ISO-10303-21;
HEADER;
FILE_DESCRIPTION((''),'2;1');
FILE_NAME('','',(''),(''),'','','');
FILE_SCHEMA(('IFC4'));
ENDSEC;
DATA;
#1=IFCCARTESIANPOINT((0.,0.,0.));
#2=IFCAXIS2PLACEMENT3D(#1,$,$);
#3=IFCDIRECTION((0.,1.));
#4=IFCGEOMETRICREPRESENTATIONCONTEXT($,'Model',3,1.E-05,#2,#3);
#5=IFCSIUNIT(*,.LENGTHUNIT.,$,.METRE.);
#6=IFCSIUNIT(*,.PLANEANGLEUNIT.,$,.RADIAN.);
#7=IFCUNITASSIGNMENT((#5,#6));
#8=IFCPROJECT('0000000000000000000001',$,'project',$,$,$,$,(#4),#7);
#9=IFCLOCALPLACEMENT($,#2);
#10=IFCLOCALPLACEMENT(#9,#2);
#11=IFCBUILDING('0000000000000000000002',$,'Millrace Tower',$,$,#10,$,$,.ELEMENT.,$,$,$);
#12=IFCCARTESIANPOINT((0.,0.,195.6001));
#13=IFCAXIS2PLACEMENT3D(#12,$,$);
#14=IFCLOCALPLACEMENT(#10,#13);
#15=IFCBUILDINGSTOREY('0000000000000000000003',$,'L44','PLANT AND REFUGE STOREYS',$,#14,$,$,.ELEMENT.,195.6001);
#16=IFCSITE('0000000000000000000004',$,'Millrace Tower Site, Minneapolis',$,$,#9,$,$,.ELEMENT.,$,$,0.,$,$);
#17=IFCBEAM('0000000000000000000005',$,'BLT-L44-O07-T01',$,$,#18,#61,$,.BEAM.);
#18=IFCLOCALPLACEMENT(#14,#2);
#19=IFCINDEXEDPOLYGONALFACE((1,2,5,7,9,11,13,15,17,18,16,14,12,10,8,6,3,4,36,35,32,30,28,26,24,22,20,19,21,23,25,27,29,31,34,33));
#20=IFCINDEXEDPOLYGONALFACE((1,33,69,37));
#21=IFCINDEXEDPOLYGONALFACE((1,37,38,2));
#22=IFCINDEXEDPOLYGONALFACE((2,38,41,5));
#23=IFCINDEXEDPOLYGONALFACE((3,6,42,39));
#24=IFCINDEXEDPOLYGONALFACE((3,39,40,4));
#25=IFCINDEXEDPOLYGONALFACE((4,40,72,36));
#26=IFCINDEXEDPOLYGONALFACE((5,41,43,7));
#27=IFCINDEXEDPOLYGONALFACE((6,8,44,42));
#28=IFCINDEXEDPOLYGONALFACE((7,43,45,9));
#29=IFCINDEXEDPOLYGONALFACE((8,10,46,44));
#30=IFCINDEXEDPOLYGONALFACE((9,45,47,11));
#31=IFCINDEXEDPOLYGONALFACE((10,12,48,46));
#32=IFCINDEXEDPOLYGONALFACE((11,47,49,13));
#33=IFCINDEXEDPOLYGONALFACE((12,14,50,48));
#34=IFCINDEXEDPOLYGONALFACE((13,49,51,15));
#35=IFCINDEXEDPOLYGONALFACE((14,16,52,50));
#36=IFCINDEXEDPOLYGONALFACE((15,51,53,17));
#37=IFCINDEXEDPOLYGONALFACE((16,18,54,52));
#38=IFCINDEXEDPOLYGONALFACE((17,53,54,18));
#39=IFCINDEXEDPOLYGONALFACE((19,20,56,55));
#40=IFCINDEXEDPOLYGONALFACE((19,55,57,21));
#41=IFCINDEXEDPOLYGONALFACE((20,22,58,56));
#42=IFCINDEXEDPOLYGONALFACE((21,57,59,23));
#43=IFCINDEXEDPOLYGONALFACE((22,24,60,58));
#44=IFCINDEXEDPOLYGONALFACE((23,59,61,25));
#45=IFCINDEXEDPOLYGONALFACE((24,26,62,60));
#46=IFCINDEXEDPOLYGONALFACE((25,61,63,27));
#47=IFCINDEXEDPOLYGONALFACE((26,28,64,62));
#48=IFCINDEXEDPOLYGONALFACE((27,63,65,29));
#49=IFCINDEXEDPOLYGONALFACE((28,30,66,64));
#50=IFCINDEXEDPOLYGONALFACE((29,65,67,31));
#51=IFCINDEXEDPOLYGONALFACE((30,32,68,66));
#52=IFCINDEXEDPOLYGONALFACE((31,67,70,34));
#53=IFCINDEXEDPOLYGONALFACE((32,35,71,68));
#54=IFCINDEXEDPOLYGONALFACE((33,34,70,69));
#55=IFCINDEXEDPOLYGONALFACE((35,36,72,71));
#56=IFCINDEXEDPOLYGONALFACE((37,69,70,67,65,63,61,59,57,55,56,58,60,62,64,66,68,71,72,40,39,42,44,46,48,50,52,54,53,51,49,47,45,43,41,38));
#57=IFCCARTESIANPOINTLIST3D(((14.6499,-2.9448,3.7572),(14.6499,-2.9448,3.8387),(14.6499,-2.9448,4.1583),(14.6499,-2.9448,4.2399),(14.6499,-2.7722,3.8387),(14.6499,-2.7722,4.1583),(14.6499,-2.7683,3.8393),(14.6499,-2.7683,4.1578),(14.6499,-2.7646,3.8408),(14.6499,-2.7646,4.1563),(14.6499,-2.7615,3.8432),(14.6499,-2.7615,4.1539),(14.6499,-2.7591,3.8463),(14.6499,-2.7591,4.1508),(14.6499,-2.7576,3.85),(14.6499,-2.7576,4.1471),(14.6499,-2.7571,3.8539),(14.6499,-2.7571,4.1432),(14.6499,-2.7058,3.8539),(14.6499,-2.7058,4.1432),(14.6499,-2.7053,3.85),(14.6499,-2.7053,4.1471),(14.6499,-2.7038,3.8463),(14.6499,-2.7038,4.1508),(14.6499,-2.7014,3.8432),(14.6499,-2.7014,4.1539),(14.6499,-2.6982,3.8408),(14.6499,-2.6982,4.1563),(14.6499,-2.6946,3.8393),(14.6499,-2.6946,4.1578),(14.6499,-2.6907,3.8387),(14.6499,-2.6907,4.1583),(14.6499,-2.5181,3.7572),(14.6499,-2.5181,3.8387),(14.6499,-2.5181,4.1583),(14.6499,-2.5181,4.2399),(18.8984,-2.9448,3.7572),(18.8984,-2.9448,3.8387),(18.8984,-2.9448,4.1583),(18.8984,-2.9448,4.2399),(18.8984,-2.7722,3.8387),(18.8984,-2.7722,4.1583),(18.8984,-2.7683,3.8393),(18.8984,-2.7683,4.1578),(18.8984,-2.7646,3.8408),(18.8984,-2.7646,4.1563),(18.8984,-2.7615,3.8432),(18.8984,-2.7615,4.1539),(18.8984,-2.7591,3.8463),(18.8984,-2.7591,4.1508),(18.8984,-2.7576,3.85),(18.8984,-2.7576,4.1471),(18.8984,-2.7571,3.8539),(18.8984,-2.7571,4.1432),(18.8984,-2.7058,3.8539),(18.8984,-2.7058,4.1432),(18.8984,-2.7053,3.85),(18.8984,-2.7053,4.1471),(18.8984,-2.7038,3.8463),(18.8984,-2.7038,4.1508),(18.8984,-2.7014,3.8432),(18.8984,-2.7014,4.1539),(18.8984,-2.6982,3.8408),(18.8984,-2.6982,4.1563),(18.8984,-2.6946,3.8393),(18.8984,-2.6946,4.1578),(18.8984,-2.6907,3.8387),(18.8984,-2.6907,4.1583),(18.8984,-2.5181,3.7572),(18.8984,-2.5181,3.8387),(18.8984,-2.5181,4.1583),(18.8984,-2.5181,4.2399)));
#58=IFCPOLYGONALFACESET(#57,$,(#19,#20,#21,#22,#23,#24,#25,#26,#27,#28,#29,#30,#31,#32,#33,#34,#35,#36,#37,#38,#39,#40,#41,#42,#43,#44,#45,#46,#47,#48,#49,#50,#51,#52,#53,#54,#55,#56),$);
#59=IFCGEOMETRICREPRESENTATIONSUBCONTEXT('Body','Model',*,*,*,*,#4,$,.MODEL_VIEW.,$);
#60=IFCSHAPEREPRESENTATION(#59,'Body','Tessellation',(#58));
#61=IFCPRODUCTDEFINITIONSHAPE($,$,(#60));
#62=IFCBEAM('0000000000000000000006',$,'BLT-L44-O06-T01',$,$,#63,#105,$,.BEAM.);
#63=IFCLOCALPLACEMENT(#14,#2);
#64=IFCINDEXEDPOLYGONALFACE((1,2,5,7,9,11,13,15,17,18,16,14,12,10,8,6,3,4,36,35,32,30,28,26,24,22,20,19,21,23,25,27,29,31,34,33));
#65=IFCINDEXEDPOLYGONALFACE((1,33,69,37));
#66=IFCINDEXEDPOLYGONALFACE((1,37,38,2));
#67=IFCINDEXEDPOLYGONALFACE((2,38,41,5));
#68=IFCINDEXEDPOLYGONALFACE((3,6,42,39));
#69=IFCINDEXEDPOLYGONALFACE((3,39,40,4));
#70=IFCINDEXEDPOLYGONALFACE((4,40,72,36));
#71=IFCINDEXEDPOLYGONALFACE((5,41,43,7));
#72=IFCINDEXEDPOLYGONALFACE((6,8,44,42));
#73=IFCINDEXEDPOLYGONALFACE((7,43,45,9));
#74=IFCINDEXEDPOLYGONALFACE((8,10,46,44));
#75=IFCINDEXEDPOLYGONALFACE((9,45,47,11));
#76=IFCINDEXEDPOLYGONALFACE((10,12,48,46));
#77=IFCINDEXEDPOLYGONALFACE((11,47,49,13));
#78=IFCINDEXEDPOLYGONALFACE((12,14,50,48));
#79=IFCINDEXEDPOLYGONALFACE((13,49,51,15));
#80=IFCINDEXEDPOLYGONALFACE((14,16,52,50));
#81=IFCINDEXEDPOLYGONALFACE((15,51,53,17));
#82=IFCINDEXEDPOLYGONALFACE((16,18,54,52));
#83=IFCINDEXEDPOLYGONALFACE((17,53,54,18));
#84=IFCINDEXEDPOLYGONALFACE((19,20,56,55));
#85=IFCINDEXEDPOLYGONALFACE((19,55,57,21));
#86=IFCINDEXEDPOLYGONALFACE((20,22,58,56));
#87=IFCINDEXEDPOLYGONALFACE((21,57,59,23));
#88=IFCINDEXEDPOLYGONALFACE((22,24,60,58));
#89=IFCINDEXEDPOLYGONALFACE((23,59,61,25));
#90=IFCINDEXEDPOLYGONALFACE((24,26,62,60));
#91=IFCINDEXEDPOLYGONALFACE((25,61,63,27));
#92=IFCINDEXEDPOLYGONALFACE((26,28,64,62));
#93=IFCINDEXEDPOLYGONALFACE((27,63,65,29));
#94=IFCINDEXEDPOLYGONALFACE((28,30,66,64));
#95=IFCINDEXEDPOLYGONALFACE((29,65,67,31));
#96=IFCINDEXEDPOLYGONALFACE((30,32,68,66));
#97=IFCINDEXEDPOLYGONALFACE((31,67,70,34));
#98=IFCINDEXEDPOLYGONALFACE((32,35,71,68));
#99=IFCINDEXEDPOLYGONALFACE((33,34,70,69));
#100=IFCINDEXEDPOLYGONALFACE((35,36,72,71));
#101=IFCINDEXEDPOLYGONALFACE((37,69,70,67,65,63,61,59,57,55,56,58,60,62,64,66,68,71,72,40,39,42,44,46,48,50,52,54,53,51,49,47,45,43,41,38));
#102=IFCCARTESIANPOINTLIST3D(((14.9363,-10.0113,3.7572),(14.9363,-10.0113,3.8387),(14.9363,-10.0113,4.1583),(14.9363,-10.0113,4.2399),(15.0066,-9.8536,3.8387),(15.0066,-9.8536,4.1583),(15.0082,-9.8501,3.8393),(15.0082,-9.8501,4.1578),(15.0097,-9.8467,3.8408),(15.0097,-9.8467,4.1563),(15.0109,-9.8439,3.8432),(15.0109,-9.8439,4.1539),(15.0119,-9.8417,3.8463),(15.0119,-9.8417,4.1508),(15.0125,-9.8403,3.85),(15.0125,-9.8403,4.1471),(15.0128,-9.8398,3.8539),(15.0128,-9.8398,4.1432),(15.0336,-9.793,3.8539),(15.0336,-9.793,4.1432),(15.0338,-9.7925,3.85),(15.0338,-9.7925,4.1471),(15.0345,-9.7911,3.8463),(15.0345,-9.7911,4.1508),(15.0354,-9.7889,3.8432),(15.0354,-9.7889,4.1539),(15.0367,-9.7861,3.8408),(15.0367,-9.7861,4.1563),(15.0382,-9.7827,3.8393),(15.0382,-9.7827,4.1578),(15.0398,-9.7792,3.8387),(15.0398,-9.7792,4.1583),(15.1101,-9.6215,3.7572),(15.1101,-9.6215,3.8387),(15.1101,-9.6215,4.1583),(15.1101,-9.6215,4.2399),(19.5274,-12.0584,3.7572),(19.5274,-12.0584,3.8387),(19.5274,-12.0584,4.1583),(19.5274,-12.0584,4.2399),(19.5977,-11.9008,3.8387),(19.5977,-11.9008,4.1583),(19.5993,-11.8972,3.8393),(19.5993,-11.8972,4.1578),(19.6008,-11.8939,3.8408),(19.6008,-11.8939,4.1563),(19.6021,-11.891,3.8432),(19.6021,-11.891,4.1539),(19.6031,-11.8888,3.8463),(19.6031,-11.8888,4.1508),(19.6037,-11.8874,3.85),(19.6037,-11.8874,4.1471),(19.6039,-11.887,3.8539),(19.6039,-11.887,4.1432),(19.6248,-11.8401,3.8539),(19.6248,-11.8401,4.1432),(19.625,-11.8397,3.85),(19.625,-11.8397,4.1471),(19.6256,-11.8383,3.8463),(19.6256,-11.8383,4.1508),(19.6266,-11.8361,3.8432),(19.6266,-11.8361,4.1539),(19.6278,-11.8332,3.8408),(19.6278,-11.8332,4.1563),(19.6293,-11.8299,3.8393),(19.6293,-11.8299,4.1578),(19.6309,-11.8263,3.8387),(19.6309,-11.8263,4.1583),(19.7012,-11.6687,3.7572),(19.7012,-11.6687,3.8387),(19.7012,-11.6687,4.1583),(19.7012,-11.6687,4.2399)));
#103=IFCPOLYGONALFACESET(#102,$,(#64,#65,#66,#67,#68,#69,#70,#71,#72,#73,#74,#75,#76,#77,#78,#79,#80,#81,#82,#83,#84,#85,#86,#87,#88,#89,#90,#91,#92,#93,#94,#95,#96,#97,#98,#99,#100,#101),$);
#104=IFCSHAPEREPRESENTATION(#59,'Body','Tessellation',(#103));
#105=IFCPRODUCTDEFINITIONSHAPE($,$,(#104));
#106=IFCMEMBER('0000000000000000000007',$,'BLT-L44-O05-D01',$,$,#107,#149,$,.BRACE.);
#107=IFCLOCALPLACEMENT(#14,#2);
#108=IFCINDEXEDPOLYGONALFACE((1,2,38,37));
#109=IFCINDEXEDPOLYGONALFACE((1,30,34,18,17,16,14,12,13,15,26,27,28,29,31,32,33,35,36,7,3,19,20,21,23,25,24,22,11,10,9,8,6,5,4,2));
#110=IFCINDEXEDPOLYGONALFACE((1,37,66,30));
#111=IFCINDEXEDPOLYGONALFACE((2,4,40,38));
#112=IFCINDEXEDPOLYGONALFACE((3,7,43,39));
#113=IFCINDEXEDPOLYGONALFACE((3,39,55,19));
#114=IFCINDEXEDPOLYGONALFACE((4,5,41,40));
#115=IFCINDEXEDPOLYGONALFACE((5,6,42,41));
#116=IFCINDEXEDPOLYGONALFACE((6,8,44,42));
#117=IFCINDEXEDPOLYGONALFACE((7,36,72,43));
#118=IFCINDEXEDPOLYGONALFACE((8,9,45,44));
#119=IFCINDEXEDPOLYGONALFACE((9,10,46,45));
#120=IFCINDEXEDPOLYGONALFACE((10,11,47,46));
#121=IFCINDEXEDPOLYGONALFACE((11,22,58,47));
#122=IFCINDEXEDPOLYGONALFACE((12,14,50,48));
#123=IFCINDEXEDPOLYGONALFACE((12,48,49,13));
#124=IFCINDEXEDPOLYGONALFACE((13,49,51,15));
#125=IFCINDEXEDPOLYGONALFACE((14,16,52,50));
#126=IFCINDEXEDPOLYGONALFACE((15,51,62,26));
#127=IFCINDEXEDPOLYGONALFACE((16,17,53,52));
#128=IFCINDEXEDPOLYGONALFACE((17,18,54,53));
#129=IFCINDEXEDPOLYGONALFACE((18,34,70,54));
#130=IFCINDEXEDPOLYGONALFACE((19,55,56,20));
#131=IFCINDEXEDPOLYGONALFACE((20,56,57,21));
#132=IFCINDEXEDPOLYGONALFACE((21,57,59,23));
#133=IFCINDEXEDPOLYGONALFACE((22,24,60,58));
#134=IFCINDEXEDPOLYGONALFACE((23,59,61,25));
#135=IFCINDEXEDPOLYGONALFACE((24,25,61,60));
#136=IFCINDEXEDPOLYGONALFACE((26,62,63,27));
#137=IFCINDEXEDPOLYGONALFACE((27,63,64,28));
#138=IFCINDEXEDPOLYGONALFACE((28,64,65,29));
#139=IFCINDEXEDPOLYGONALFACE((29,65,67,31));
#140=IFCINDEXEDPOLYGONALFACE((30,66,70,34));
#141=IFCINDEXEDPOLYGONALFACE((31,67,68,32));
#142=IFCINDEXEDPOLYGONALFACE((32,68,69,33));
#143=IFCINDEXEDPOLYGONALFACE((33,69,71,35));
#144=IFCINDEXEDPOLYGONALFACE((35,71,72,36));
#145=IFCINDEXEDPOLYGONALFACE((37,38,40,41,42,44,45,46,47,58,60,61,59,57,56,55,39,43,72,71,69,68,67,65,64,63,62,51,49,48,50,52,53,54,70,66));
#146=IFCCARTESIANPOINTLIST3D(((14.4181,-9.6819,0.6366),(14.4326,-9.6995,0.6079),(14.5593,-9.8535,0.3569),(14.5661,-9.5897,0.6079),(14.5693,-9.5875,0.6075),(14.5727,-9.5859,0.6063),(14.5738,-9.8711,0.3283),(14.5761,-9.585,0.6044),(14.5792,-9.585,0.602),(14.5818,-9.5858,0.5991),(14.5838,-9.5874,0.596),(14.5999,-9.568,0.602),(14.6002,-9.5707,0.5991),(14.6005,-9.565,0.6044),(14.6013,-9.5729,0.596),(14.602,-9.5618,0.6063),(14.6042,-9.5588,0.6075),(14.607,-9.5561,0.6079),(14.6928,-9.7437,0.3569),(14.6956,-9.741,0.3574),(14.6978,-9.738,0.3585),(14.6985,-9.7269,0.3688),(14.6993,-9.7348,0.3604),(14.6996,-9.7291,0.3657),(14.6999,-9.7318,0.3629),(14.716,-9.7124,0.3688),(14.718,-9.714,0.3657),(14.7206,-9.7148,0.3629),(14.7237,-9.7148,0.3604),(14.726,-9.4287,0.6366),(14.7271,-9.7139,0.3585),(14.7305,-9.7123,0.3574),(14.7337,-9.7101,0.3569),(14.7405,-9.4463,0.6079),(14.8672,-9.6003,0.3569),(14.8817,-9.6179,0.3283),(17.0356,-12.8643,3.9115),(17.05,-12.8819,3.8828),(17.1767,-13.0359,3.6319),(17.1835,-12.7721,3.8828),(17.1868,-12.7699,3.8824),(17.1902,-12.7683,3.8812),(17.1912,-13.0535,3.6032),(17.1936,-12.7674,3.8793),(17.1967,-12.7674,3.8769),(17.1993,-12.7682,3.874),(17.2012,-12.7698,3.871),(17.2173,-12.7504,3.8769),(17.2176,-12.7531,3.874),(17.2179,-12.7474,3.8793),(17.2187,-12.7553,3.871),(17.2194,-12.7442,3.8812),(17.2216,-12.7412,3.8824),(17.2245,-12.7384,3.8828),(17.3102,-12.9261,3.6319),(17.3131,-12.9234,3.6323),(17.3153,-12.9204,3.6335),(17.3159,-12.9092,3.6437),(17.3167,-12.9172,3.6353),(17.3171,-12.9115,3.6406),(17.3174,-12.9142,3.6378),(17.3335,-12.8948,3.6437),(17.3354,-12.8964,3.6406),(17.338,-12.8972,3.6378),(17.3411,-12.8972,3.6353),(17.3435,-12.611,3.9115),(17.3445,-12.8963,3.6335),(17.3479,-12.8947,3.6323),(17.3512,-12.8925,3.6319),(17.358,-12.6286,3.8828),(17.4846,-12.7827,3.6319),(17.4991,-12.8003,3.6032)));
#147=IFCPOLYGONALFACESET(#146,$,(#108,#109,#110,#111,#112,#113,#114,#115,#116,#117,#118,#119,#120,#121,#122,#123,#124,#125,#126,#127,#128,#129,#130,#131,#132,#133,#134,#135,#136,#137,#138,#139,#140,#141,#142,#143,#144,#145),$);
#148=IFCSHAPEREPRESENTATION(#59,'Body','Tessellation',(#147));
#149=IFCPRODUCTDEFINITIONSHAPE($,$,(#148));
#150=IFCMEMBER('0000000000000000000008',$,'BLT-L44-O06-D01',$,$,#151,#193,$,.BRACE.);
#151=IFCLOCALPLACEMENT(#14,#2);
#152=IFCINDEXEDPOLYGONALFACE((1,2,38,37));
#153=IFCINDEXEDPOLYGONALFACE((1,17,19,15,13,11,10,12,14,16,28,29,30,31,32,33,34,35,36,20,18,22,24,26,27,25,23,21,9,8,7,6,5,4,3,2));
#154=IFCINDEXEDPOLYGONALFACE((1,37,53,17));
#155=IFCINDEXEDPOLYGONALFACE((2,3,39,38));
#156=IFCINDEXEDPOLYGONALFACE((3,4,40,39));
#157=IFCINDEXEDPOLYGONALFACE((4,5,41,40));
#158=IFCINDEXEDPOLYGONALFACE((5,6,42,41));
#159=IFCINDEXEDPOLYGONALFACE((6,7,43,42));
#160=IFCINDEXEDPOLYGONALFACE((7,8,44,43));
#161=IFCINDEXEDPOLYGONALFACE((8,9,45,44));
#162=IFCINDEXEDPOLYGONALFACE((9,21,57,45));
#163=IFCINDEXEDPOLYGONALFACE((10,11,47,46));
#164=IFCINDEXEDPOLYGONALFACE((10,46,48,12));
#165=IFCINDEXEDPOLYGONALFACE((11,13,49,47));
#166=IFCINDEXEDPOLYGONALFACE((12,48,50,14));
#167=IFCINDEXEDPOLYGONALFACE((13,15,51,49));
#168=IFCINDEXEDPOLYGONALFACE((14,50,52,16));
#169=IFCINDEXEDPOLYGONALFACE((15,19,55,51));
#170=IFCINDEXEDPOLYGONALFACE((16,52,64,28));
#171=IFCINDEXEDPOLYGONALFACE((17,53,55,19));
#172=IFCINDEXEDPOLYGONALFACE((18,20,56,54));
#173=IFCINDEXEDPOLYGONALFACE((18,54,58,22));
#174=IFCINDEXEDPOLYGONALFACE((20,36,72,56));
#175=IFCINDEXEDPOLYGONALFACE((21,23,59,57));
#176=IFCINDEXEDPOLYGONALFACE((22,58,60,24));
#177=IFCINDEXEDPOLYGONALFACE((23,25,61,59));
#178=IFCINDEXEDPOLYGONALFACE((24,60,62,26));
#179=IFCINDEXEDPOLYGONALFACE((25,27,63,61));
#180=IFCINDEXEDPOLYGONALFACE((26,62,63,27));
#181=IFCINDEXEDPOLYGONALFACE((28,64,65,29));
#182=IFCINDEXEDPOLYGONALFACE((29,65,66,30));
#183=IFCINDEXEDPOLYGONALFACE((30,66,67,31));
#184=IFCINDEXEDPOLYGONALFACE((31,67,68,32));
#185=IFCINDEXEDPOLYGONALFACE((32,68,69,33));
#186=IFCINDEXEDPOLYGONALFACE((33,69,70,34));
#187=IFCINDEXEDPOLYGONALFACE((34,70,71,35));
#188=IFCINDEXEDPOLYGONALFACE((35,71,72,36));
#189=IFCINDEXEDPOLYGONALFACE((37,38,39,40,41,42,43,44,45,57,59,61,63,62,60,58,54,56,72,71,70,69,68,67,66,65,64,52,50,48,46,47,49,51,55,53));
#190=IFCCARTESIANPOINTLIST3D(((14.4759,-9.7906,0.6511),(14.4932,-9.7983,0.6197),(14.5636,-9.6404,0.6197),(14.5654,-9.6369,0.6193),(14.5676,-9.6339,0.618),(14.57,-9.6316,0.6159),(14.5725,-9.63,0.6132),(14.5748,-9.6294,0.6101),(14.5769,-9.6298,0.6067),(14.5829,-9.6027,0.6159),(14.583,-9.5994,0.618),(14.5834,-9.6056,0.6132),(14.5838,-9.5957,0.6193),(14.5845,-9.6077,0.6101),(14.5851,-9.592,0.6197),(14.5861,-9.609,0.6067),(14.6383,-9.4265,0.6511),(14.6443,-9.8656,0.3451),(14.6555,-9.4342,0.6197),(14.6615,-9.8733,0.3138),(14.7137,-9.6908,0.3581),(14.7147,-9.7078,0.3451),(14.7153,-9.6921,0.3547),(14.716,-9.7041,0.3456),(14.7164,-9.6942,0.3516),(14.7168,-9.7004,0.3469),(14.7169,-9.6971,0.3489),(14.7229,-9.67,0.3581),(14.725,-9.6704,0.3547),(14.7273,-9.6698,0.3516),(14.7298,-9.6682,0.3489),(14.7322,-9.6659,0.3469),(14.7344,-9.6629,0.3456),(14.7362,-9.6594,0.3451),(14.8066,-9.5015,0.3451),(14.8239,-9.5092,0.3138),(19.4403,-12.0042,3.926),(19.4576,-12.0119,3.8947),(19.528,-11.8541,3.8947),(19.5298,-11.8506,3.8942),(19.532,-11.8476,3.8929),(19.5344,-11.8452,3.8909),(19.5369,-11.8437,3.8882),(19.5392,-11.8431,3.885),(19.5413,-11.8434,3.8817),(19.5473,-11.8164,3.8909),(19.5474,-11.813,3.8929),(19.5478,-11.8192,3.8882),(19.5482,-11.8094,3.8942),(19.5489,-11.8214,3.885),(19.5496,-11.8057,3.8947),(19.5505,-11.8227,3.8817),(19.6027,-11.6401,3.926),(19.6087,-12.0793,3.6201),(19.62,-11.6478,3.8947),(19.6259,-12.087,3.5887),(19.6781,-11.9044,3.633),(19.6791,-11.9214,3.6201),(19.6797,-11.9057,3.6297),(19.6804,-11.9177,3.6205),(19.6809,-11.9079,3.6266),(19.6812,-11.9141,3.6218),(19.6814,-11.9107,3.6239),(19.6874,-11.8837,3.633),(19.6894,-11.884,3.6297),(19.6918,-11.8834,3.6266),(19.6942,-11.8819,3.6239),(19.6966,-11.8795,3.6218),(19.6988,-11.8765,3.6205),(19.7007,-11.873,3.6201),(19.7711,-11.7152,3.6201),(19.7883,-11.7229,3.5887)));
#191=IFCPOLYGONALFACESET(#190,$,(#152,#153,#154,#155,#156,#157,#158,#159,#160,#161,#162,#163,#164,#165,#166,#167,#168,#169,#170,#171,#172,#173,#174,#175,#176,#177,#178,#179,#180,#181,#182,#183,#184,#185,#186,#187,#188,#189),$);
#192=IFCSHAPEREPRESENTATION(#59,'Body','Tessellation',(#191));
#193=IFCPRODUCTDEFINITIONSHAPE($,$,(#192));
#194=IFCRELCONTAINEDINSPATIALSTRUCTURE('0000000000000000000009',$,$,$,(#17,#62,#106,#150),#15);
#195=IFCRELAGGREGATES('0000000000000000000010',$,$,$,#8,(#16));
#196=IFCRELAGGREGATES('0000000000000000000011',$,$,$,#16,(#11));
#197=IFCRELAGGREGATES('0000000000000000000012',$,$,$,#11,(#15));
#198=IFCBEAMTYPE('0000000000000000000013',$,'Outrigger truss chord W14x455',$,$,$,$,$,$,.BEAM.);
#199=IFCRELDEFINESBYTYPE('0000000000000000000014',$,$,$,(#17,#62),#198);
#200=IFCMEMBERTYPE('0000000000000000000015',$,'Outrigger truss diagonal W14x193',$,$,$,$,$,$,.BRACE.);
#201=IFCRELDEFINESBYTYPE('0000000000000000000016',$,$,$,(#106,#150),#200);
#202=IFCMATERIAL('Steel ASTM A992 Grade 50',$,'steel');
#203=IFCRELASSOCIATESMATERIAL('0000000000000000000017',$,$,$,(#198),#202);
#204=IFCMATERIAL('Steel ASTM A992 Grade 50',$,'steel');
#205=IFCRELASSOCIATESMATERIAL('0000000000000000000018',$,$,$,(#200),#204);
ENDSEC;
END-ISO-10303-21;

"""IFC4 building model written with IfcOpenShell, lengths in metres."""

from ifc_helpers import new_model, si_unit, direction, frame, origin, origin_2d, place, context, subcontext, project, spatial, i_section, extrude, material, material_profile, profile_set, type_object, element, save


model = new_model("IFC4")

# Units and contexts
model_context = context("Model", 3, precision=1e-05, world=origin(), true_north=direction((0.0, 1.0)))
body_context = subcontext(model_context, "Body", "Model", "MODEL_VIEW")
ifc_project = project(units=[si_unit("LENGTHUNIT", "METRE"), si_unit("PLANEANGLEUNIT", "RADIAN")], contexts=[model_context])

# Site, building, storey
site_placement = place(None, origin())
site = spatial("IfcSite", under=ifc_project, at=site_placement, Name="Millrace Tower Site, Minneapolis", CompositionType="ELEMENT", RefElevation=0.0)
building_placement = place(site_placement, origin())
building = spatial("IfcBuilding", under=site, at=building_placement, Name="Millrace Tower", CompositionType="ELEMENT")
storey_placement = place(building_placement, frame((0.0, 0.0, 195.6001)))
storey = spatial("IfcBuildingStorey", under=building, at=storey_placement, Name="L44", Description="PLANT AND REFUGE STOREYS", CompositionType="ELEMENT", Elevation=195.6001)

# Beams
ifc_material_1 = material(Name="Steel ASTM A992 Grade 50", Category="steel")
ifc_material_profile_1 = material_profile(ifc_material_1, i_section(OverallWidth=0.4268, OverallDepth=0.4827, WebThickness=0.0513, FlangeThickness=0.0815, FilletRadius=0.0151, at=origin_2d()))
ifc_profile_set_1 = profile_set([ifc_material_profile_1], Name="Steel ASTM A992 Grade 50")
beam_type_1 = type_object("IfcBeamType", Name="Outrigger truss chord W14x455", PredefinedType="BEAM", material=ifc_profile_set_1)
for number, where, z_axis, x_axis, name in (
    (1, (14.6499, -2.7314, 3.9985), (1.0, 0.0, 0.0), (0.0, 1.0, 0.0), "BLT-L44-O07-T01"),
):
    element("IfcBeam", number, at=place(storey_placement, frame(where, z_axis=z_axis, x_axis=x_axis)), inside=storey, type_object=beam_type_1, Name=name, PredefinedType="BEAM", context=body_context, shape_type="SweptSolid", body=[
        extrude(i_section(OverallWidth=0.4268, OverallDepth=0.4827, WebThickness=0.0513, FlangeThickness=0.0815, FilletRadius=0.0151, at=origin_2d()), origin(), (0.0, 0.0, 1.0), 4.2485),
    ])
beam_1_placement = place(storey_placement, frame((15.0232, -9.8164, 3.9985), z_axis=(0.91332, -0.407242, 0.0), x_axis=(0.407242, 0.91332, 0.0)))
element("IfcBeam", 2, at=beam_1_placement, inside=storey, type_object=beam_type_1, Name="BLT-L44-O06-T01", PredefinedType="BEAM", context=body_context, shape_type="SweptSolid", body=[
    extrude(i_section(OverallWidth=0.4268, OverallDepth=0.4827, WebThickness=0.0513, FlangeThickness=0.0815, FilletRadius=0.0151, at=origin_2d()), origin(), (0.0, 0.0, 1.0), 5.0269),
])

# Members
ifc_material_2 = material(Name="Steel ASTM A992 Grade 50", Category="steel")
ifc_material_profile_2 = material_profile(ifc_material_2, i_section(OverallWidth=0.3987, OverallDepth=0.3938, WebThickness=0.0227, FlangeThickness=0.0366, FilletRadius=0.0151, at=origin_2d()))
ifc_profile_set_2 = profile_set([ifc_material_profile_2], Name="Steel ASTM A992 Grade 50")
member_type_1 = type_object("IfcMemberType", Name="Outrigger truss diagonal W14x193", PredefinedType="BRACE", material=ifc_profile_set_2)
member_1_placement = place(storey_placement, frame((14.6499, -9.6499, 0.4824), z_axis=(0.497289, -0.604622, 0.622202), x_axis=(0.772329, 0.635223, 0.0)))
element("IfcMember", 3, at=member_1_placement, inside=storey, type_object=member_type_1, Name="BLT-L44-O05-D01", PredefinedType="BRACE", context=body_context, shape_type="SweptSolid", body=[
    extrude(i_section(OverallWidth=0.3987, OverallDepth=0.3938, WebThickness=0.0227, FlangeThickness=0.0366, FilletRadius=0.0151, at=origin_2d()), origin(), (0.0, 0.0, 1.0), 5.2634),
])
member_2_placement = place(storey_placement, frame((14.6499, -9.6499, 0.4824), z_axis=(0.782298, -0.348829, 0.516069), x_axis=(0.407251, 0.913316, 0.0)))
element("IfcMember", 4, at=member_2_placement, inside=storey, type_object=member_type_1, Name="BLT-L44-O06-D01", PredefinedType="BRACE", context=body_context, shape_type="SweptSolid", body=[
    extrude(i_section(OverallWidth=0.3987, OverallDepth=0.3938, WebThickness=0.0227, FlangeThickness=0.0366, FilletRadius=0.0151, at=origin_2d()), origin(), (0.0, 0.0, 1.0), 6.3459),
])

save(model, "model.ifc")
